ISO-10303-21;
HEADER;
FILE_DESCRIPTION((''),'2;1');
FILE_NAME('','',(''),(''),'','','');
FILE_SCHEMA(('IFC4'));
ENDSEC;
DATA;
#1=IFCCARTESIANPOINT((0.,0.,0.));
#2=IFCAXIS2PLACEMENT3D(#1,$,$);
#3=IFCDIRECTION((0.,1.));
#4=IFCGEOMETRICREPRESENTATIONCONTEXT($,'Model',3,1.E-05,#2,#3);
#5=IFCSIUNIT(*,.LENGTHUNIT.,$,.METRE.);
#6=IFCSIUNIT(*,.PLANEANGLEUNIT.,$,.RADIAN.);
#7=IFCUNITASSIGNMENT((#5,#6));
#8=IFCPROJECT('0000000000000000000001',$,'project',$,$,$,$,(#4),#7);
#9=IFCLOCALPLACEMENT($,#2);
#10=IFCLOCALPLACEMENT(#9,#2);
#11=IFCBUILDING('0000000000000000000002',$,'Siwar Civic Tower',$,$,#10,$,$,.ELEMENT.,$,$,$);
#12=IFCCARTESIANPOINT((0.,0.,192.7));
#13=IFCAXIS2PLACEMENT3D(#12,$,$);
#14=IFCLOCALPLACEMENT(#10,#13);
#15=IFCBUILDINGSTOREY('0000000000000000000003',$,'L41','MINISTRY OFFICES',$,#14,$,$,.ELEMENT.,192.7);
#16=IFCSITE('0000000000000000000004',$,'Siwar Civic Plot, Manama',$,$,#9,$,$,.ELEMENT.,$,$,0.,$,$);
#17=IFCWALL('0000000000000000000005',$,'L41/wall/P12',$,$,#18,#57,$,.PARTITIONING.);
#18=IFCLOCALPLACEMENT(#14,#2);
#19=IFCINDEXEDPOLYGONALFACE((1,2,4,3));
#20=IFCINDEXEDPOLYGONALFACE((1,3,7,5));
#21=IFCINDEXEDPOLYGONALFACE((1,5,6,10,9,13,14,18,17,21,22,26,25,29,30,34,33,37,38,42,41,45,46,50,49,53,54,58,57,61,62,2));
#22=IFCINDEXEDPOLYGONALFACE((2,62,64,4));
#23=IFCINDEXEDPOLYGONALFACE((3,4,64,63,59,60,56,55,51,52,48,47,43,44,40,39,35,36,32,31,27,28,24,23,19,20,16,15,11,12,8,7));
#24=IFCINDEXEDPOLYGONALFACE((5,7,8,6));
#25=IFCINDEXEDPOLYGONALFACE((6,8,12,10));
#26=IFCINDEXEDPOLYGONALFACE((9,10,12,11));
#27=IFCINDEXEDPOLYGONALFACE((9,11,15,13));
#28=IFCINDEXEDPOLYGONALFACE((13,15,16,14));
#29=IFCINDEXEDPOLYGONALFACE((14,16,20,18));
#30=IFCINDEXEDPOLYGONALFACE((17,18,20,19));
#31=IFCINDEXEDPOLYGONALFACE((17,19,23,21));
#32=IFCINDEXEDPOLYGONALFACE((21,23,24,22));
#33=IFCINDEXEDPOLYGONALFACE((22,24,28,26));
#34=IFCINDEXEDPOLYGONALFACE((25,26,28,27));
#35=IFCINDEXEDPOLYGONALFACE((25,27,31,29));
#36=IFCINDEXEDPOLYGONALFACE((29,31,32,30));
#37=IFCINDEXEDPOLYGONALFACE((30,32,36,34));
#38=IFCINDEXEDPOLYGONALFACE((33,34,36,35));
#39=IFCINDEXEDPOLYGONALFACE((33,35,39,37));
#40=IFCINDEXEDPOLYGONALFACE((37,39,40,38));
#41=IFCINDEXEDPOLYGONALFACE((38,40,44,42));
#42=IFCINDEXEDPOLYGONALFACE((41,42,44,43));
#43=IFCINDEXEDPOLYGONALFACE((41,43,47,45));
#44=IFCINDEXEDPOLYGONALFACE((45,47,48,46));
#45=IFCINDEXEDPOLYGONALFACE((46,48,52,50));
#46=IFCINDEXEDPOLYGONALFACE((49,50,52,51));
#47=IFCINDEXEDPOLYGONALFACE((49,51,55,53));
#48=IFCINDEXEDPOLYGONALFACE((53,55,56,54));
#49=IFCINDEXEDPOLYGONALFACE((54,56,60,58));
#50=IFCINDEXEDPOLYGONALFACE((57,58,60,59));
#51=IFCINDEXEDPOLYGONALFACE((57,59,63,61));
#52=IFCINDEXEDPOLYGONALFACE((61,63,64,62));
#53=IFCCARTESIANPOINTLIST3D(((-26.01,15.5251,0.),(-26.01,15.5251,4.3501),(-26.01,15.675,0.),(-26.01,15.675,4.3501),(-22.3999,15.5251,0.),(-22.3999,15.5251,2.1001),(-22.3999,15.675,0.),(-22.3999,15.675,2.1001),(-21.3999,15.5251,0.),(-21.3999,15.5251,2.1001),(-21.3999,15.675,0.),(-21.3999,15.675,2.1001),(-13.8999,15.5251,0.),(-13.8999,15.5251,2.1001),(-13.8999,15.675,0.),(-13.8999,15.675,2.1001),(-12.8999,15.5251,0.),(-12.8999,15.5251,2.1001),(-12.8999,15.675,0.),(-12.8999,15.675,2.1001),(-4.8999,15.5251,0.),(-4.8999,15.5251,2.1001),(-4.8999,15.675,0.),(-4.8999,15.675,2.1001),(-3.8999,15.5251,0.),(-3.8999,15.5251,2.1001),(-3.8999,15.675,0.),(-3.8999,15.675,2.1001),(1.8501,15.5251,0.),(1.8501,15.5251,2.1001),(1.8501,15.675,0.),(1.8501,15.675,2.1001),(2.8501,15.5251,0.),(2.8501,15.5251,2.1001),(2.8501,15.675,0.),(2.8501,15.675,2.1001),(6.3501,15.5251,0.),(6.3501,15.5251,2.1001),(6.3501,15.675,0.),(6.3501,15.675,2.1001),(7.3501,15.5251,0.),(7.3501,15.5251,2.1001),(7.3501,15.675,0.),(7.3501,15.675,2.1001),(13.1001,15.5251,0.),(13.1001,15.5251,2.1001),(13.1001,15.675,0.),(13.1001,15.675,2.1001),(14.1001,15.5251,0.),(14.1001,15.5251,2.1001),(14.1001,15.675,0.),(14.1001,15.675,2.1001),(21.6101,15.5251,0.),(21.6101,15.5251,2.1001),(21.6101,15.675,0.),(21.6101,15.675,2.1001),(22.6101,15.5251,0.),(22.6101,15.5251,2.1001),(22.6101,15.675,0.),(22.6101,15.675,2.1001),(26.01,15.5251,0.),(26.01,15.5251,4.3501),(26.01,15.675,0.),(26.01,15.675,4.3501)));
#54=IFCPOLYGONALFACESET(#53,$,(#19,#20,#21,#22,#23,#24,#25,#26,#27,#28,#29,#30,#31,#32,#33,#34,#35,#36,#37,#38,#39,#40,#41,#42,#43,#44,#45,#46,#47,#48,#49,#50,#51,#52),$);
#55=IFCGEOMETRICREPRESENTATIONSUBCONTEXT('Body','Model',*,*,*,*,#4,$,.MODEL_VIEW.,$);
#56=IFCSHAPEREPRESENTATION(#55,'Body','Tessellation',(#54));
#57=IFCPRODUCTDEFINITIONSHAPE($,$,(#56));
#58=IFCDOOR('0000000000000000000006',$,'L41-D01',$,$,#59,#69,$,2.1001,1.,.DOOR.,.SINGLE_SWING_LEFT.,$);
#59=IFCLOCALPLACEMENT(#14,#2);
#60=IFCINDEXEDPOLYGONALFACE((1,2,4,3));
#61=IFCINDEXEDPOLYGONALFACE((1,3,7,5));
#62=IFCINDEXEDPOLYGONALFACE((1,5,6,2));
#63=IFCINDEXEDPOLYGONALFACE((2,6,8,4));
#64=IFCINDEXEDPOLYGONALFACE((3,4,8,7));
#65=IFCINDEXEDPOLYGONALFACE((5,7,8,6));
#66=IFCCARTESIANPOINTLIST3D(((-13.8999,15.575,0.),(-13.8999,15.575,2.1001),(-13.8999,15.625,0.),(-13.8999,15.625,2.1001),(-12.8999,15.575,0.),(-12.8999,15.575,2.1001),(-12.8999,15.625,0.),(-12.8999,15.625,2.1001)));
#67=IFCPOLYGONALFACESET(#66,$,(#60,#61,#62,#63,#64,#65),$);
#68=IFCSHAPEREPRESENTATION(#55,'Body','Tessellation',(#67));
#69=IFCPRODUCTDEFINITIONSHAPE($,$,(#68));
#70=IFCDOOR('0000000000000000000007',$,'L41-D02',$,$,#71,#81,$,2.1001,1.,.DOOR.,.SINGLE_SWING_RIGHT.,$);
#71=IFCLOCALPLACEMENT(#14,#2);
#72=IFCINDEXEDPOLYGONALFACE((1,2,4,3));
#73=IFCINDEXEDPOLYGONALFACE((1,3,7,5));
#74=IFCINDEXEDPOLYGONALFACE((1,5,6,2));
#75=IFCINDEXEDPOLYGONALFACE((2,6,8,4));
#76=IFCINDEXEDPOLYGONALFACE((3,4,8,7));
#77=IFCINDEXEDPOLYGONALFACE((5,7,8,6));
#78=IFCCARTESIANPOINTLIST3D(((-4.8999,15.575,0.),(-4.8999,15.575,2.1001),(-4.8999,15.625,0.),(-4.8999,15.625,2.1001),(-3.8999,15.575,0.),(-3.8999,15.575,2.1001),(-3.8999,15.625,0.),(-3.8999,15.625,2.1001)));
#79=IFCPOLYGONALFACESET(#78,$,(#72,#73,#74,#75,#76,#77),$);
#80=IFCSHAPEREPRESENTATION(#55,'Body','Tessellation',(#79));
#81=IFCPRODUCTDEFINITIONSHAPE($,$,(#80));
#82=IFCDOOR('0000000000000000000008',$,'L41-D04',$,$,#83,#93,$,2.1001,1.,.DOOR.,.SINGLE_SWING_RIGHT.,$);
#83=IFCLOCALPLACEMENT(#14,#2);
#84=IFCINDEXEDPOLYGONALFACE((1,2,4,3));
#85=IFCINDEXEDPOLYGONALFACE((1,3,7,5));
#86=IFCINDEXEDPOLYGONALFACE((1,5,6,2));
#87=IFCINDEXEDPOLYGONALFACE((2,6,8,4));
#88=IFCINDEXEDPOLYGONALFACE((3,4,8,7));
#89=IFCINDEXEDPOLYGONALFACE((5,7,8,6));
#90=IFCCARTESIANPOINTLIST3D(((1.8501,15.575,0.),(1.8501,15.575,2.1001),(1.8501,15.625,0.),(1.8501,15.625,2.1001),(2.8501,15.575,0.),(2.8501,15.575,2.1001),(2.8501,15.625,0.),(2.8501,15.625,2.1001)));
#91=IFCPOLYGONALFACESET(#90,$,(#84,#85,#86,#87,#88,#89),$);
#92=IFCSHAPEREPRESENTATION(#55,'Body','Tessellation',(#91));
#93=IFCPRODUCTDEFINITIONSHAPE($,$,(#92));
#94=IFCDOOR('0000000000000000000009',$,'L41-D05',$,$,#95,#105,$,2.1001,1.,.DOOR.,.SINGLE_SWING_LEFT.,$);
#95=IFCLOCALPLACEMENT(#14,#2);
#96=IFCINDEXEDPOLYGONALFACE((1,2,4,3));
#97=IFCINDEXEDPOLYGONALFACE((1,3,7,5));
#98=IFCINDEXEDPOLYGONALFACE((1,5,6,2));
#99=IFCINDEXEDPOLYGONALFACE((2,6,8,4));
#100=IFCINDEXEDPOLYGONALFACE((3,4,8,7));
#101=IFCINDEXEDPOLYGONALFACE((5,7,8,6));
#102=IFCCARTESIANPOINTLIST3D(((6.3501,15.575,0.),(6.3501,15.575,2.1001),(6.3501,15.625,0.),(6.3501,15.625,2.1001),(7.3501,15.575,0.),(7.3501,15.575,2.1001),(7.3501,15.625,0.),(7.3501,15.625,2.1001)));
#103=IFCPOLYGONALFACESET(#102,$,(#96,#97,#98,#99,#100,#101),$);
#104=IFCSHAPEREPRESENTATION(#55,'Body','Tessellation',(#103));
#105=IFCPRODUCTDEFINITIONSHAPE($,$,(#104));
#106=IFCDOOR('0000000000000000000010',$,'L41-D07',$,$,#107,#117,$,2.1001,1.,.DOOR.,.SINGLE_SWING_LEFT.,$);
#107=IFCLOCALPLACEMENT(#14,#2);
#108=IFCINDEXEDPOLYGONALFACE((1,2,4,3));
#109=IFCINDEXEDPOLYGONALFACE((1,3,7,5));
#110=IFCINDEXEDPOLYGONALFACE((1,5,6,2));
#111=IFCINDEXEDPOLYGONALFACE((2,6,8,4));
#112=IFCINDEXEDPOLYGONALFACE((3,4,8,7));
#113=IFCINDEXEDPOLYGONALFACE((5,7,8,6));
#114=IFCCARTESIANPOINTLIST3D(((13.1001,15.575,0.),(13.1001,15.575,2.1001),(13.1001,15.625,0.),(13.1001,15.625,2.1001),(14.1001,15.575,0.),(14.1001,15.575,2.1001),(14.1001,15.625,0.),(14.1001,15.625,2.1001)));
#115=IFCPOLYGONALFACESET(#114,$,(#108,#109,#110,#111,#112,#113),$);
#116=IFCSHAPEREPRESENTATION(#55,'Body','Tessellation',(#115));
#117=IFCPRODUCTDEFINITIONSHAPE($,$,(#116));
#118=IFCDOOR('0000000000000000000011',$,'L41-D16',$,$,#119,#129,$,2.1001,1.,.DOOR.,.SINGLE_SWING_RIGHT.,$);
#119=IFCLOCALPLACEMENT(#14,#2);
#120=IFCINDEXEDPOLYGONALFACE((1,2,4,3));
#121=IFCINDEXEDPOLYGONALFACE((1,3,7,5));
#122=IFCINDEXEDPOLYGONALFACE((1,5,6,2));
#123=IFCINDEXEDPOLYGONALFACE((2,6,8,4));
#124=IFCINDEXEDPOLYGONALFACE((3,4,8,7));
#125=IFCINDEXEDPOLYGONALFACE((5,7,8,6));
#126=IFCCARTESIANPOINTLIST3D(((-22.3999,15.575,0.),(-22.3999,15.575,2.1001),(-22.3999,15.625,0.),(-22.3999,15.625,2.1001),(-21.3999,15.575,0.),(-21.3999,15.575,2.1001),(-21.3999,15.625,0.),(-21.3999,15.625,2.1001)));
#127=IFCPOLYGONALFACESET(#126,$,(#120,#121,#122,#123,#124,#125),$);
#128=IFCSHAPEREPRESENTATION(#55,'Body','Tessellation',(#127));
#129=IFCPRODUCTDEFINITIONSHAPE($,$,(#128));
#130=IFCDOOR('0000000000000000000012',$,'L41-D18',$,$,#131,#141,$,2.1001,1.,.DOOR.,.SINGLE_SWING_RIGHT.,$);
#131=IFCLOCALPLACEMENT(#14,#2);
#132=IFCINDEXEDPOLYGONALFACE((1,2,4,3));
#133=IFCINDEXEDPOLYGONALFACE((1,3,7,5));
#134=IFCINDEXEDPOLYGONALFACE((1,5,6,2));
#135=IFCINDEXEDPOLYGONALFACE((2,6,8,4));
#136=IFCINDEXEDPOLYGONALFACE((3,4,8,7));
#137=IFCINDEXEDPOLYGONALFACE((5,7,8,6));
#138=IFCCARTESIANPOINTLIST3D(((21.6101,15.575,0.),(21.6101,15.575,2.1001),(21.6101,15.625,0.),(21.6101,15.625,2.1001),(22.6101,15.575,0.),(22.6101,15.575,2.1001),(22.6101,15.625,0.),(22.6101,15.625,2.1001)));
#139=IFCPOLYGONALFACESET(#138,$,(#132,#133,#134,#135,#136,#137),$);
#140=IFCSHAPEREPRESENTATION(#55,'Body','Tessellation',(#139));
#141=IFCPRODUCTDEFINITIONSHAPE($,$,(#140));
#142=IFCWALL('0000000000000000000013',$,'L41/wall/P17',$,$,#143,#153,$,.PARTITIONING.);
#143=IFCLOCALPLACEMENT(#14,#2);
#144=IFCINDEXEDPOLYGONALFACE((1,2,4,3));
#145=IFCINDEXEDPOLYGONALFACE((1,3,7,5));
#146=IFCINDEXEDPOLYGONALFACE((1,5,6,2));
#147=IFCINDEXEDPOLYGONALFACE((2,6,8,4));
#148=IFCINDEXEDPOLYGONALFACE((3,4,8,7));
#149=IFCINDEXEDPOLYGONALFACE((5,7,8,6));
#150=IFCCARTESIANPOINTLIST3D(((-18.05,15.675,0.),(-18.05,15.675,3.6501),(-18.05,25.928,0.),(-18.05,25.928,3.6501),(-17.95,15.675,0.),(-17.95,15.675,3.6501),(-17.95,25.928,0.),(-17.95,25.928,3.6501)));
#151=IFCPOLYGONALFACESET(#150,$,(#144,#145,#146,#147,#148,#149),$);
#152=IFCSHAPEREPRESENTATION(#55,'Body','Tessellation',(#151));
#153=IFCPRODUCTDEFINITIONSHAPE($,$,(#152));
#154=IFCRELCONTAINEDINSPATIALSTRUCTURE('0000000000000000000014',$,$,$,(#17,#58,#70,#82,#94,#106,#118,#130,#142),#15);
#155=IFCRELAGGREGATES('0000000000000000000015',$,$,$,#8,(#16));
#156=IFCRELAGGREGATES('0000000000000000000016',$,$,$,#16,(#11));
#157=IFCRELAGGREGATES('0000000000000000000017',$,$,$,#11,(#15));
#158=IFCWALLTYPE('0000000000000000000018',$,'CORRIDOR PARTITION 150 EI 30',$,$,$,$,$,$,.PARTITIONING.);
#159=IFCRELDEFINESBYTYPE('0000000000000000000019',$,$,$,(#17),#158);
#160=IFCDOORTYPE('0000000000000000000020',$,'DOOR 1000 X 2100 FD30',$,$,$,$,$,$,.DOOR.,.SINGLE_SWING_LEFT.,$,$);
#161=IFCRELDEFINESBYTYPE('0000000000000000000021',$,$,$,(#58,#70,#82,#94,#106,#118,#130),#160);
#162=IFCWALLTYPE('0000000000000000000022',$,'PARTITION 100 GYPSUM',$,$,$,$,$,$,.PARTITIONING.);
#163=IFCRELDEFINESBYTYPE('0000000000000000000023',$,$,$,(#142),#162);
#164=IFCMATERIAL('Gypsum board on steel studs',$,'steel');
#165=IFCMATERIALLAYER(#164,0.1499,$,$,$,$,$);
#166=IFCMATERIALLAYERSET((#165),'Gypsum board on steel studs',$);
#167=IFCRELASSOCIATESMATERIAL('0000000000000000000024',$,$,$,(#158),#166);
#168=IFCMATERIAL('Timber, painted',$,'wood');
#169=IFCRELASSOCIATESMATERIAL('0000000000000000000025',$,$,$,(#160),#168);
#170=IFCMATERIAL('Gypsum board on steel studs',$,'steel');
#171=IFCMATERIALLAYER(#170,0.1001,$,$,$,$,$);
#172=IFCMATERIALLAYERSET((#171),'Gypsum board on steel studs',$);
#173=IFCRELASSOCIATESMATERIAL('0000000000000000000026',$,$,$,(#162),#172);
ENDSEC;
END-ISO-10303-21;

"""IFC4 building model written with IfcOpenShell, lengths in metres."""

from ifc_helpers import new_model, si_unit, direction, frame, frame_2d, origin, place, context, subcontext, project, spatial, rectangle, extrude, material, layer, layer_set, type_object, element, fill, save


model = new_model("IFC4")

# Units and contexts
model_context = context("Model", 3, precision=1e-05, world=origin(), true_north=direction((0.0, 1.0)))
body_context = subcontext(model_context, "Body", "Model", "MODEL_VIEW")
ifc_project = project(units=[si_unit("LENGTHUNIT", "METRE"), si_unit("PLANEANGLEUNIT", "RADIAN")], contexts=[model_context])

# Site, building, storey
site_placement = place(None, origin())
site = spatial("IfcSite", under=ifc_project, at=site_placement, Name="Siwar Civic Plot, Manama", CompositionType="ELEMENT", RefElevation=0.0)
building_placement = place(site_placement, origin())
building = spatial("IfcBuilding", under=site, at=building_placement, Name="Siwar Civic Tower", CompositionType="ELEMENT")
storey_placement = place(building_placement, frame((0.0, 0.0, 192.7)))
storey = spatial("IfcBuildingStorey", under=building, at=storey_placement, Name="L41", Description="MINISTRY OFFICES", CompositionType="ELEMENT", Elevation=192.7)

# Shared definitions
ifc_material_1 = material(Name="Gypsum board on steel studs", Category="steel")
ifc_layer_1 = layer(ifc_material_1, 0.1499)
ifc_layer_set_1 = layer_set([ifc_layer_1], Name="Gypsum board on steel studs")
wall_type_1 = type_object("IfcWallType", Name="CORRIDOR PARTITION 150 EI 30", PredefinedType="PARTITIONING", material=ifc_layer_set_1)

# Wall, openings, doors
wall_1_placement = place(storey_placement, frame((-26.01, 15.6001, 0.0), z_axis=(0.0, 0.0, 1.0), x_axis=(1.0, 0.0, 0.0)))
wall_1 = element("IfcWall", 1, at=wall_1_placement, inside=storey, type_object=wall_type_1, Name="L41/wall/P12", PredefinedType="PARTITIONING", context=body_context, shape_type="SweptSolid", body=[
    extrude(rectangle(XDim=52.02, YDim=0.1499, at=frame_2d((26.01, 0.0))), origin(), (0.0, 0.0, 1.0), 4.3501),
])
opening_1_placement = place(wall_1_placement, frame((12.1101, 0.0, 0.0)))
opening_1 = element("IfcOpeningElement", 2, at=opening_1_placement, cuts=wall_1, PredefinedType="OPENING", context=body_context, shape_type="SweptSolid", body=[
    extrude(rectangle(XDim=1.0, YDim=2.1001, at=frame_2d((0.5, 1.05))), frame((0.0, 0.085, 0.0), z_axis=(0.0, -1.0, 0.0), x_axis=(1.0, 0.0, 0.0)), (0.0, 0.0, 1.0), 0.1699),
])
opening_2_placement = place(wall_1_placement, frame((21.1101, 0.0, 0.0)))
opening_2 = element("IfcOpeningElement", 3, at=opening_2_placement, cuts=wall_1, PredefinedType="OPENING", context=body_context, shape_type="SweptSolid", body=[
    extrude(rectangle(XDim=1.0, YDim=2.1001, at=frame_2d((0.5, 1.05))), frame((0.0, 0.085, 0.0), z_axis=(0.0, -1.0, 0.0), x_axis=(1.0, 0.0, 0.0)), (0.0, 0.0, 1.0), 0.1699),
])
opening_3_placement = place(wall_1_placement, frame((27.8601, 0.0, 0.0)))
opening_3 = element("IfcOpeningElement", 4, at=opening_3_placement, cuts=wall_1, PredefinedType="OPENING", context=body_context, shape_type="SweptSolid", body=[
    extrude(rectangle(XDim=1.0, YDim=2.1001, at=frame_2d((0.5, 1.05))), frame((0.0, 0.085, 0.0), z_axis=(0.0, -1.0, 0.0), x_axis=(1.0, 0.0, 0.0)), (0.0, 0.0, 1.0), 0.1699),
])
opening_4_placement = place(wall_1_placement, frame((32.3601, 0.0, 0.0)))
opening_4 = element("IfcOpeningElement", 5, at=opening_4_placement, cuts=wall_1, PredefinedType="OPENING", context=body_context, shape_type="SweptSolid", body=[
    extrude(rectangle(XDim=1.0, YDim=2.1001, at=frame_2d((0.5, 1.05))), frame((0.0, 0.085, 0.0), z_axis=(0.0, -1.0, 0.0), x_axis=(1.0, 0.0, 0.0)), (0.0, 0.0, 1.0), 0.1699),
])
opening_5_placement = place(wall_1_placement, frame((39.1101, 0.0, 0.0)))
opening_5 = element("IfcOpeningElement", 6, at=opening_5_placement, cuts=wall_1, PredefinedType="OPENING", context=body_context, shape_type="SweptSolid", body=[
    extrude(rectangle(XDim=1.0, YDim=2.1001, at=frame_2d((0.5, 1.05))), frame((0.0, 0.085, 0.0), z_axis=(0.0, -1.0, 0.0), x_axis=(1.0, 0.0, 0.0)), (0.0, 0.0, 1.0), 0.1699),
])
opening_6_placement = place(wall_1_placement, frame((3.6101, 0.0, 0.0)))
opening_6 = element("IfcOpeningElement", 7, at=opening_6_placement, cuts=wall_1, PredefinedType="OPENING", context=body_context, shape_type="SweptSolid", body=[
    extrude(rectangle(XDim=1.0, YDim=2.1001, at=frame_2d((0.5, 1.05))), frame((0.0, 0.085, 0.0), z_axis=(0.0, -1.0, 0.0), x_axis=(1.0, 0.0, 0.0)), (0.0, 0.0, 1.0), 0.1699),
])
opening_7_placement = place(wall_1_placement, frame((47.6201, 0.0, 0.0)))
opening_7 = element("IfcOpeningElement", 8, at=opening_7_placement, cuts=wall_1, PredefinedType="OPENING", context=body_context, shape_type="SweptSolid", body=[
    extrude(rectangle(XDim=1.0, YDim=2.1001, at=frame_2d((0.5, 1.05))), frame((0.0, 0.085, 0.0), z_axis=(0.0, -1.0, 0.0), x_axis=(1.0, 0.0, 0.0)), (0.0, 0.0, 1.0), 0.1699),
])
ifc_material_2 = material(Name="Timber, painted", Category="wood")
door_type = type_object("IfcDoorType", Name="DOOR 1000 X 2100 FD30", OperationType="SINGLE_SWING_LEFT", PredefinedType="DOOR", material=ifc_material_2)
door_1_placement = place(opening_1_placement, origin())
door_1 = element("IfcDoor", 9, at=door_1_placement, inside=storey, type_object=door_type, Name="L41-D01", OperationType="SINGLE_SWING_LEFT", OverallHeight=2.1001, OverallWidth=1.0, PredefinedType="DOOR", context=body_context, shape_type="SweptSolid", body=[
    extrude(rectangle(XDim=1.0, YDim=2.1001, at=frame_2d((0.5, 1.05))), frame((0.0, 0.0249, 0.0), z_axis=(0.0, -1.0, 0.0), x_axis=(1.0, 0.0, 0.0)), (0.0, 0.0, 1.0), 0.05),
])
fill(opening_1, door_1)
door_2_placement = place(opening_2_placement, origin())
door_2 = element("IfcDoor", 10, at=door_2_placement, inside=storey, type_object=door_type, Name="L41-D02", OperationType="SINGLE_SWING_RIGHT", OverallHeight=2.1001, OverallWidth=1.0, PredefinedType="DOOR", context=body_context, shape_type="SweptSolid", body=[
    extrude(rectangle(XDim=1.0, YDim=2.1001, at=frame_2d((0.5, 1.05))), frame((0.0, 0.0249, 0.0), z_axis=(0.0, -1.0, 0.0), x_axis=(1.0, 0.0, 0.0)), (0.0, 0.0, 1.0), 0.05),
])
fill(opening_2, door_2)
door_3_placement = place(opening_3_placement, origin())
door_3 = element("IfcDoor", 11, at=door_3_placement, inside=storey, type_object=door_type, Name="L41-D04", OperationType="SINGLE_SWING_RIGHT", OverallHeight=2.1001, OverallWidth=1.0, PredefinedType="DOOR", context=body_context, shape_type="SweptSolid", body=[
    extrude(rectangle(XDim=1.0, YDim=2.1001, at=frame_2d((0.5, 1.05))), frame((0.0, 0.0249, 0.0), z_axis=(0.0, -1.0, 0.0), x_axis=(1.0, 0.0, 0.0)), (0.0, 0.0, 1.0), 0.05),
])
fill(opening_3, door_3)
door_4_placement = place(opening_4_placement, origin())
door_4 = element("IfcDoor", 12, at=door_4_placement, inside=storey, type_object=door_type, Name="L41-D05", OperationType="SINGLE_SWING_LEFT", OverallHeight=2.1001, OverallWidth=1.0, PredefinedType="DOOR", context=body_context, shape_type="SweptSolid", body=[
    extrude(rectangle(XDim=1.0, YDim=2.1001, at=frame_2d((0.5, 1.05))), frame((0.0, 0.0249, 0.0), z_axis=(0.0, -1.0, 0.0), x_axis=(1.0, 0.0, 0.0)), (0.0, 0.0, 1.0), 0.05),
])
fill(opening_4, door_4)
door_5_placement = place(opening_5_placement, origin())
door_5 = element("IfcDoor", 13, at=door_5_placement, inside=storey, type_object=door_type, Name="L41-D07", OperationType="SINGLE_SWING_LEFT", OverallHeight=2.1001, OverallWidth=1.0, PredefinedType="DOOR", context=body_context, shape_type="SweptSolid", body=[
    extrude(rectangle(XDim=1.0, YDim=2.1001, at=frame_2d((0.5, 1.05))), frame((0.0, 0.0249, 0.0), z_axis=(0.0, -1.0, 0.0), x_axis=(1.0, 0.0, 0.0)), (0.0, 0.0, 1.0), 0.05),
])
fill(opening_5, door_5)
door_6_placement = place(opening_6_placement, origin())
door_6 = element("IfcDoor", 14, at=door_6_placement, inside=storey, type_object=door_type, Name="L41-D16", OperationType="SINGLE_SWING_RIGHT", OverallHeight=2.1001, OverallWidth=1.0, PredefinedType="DOOR", context=body_context, shape_type="SweptSolid", body=[
    extrude(rectangle(XDim=1.0, YDim=2.1001, at=frame_2d((0.5, 1.05))), frame((0.0, 0.0249, 0.0), z_axis=(0.0, -1.0, 0.0), x_axis=(1.0, 0.0, 0.0)), (0.0, 0.0, 1.0), 0.05),
])
fill(opening_6, door_6)
door_7_placement = place(opening_7_placement, origin())
door_7 = element("IfcDoor", 15, at=door_7_placement, inside=storey, type_object=door_type, Name="L41-D18", OperationType="SINGLE_SWING_RIGHT", OverallHeight=2.1001, OverallWidth=1.0, PredefinedType="DOOR", context=body_context, shape_type="SweptSolid", body=[
    extrude(rectangle(XDim=1.0, YDim=2.1001, at=frame_2d((0.5, 1.05))), frame((0.0, 0.0249, 0.0), z_axis=(0.0, -1.0, 0.0), x_axis=(1.0, 0.0, 0.0)), (0.0, 0.0, 1.0), 0.05),
])
fill(opening_7, door_7)

# Wall
ifc_material_3 = material(Name="Gypsum board on steel studs", Category="steel")
ifc_layer_2 = layer(ifc_material_3, 0.1001)
ifc_layer_set_2 = layer_set([ifc_layer_2], Name="Gypsum board on steel studs")
wall_type_2 = type_object("IfcWallType", Name="PARTITION 100 GYPSUM", PredefinedType="PARTITIONING", material=ifc_layer_set_2)
wall_2_placement = place(storey_placement, frame((-18.0, 15.675, 0.0), z_axis=(0.0, 0.0, 1.0), x_axis=(0.0, 1.0, 0.0)))
element("IfcWall", 16, at=wall_2_placement, inside=storey, type_object=wall_type_2, Name="L41/wall/P17", PredefinedType="PARTITIONING", context=body_context, shape_type="SweptSolid", body=[
    extrude(rectangle(XDim=10.2529, YDim=0.1001, at=frame_2d((5.1265, 0.0))), origin(), (0.0, 0.0, 1.0), 3.6501),
])

save(model, "model.ifc")
